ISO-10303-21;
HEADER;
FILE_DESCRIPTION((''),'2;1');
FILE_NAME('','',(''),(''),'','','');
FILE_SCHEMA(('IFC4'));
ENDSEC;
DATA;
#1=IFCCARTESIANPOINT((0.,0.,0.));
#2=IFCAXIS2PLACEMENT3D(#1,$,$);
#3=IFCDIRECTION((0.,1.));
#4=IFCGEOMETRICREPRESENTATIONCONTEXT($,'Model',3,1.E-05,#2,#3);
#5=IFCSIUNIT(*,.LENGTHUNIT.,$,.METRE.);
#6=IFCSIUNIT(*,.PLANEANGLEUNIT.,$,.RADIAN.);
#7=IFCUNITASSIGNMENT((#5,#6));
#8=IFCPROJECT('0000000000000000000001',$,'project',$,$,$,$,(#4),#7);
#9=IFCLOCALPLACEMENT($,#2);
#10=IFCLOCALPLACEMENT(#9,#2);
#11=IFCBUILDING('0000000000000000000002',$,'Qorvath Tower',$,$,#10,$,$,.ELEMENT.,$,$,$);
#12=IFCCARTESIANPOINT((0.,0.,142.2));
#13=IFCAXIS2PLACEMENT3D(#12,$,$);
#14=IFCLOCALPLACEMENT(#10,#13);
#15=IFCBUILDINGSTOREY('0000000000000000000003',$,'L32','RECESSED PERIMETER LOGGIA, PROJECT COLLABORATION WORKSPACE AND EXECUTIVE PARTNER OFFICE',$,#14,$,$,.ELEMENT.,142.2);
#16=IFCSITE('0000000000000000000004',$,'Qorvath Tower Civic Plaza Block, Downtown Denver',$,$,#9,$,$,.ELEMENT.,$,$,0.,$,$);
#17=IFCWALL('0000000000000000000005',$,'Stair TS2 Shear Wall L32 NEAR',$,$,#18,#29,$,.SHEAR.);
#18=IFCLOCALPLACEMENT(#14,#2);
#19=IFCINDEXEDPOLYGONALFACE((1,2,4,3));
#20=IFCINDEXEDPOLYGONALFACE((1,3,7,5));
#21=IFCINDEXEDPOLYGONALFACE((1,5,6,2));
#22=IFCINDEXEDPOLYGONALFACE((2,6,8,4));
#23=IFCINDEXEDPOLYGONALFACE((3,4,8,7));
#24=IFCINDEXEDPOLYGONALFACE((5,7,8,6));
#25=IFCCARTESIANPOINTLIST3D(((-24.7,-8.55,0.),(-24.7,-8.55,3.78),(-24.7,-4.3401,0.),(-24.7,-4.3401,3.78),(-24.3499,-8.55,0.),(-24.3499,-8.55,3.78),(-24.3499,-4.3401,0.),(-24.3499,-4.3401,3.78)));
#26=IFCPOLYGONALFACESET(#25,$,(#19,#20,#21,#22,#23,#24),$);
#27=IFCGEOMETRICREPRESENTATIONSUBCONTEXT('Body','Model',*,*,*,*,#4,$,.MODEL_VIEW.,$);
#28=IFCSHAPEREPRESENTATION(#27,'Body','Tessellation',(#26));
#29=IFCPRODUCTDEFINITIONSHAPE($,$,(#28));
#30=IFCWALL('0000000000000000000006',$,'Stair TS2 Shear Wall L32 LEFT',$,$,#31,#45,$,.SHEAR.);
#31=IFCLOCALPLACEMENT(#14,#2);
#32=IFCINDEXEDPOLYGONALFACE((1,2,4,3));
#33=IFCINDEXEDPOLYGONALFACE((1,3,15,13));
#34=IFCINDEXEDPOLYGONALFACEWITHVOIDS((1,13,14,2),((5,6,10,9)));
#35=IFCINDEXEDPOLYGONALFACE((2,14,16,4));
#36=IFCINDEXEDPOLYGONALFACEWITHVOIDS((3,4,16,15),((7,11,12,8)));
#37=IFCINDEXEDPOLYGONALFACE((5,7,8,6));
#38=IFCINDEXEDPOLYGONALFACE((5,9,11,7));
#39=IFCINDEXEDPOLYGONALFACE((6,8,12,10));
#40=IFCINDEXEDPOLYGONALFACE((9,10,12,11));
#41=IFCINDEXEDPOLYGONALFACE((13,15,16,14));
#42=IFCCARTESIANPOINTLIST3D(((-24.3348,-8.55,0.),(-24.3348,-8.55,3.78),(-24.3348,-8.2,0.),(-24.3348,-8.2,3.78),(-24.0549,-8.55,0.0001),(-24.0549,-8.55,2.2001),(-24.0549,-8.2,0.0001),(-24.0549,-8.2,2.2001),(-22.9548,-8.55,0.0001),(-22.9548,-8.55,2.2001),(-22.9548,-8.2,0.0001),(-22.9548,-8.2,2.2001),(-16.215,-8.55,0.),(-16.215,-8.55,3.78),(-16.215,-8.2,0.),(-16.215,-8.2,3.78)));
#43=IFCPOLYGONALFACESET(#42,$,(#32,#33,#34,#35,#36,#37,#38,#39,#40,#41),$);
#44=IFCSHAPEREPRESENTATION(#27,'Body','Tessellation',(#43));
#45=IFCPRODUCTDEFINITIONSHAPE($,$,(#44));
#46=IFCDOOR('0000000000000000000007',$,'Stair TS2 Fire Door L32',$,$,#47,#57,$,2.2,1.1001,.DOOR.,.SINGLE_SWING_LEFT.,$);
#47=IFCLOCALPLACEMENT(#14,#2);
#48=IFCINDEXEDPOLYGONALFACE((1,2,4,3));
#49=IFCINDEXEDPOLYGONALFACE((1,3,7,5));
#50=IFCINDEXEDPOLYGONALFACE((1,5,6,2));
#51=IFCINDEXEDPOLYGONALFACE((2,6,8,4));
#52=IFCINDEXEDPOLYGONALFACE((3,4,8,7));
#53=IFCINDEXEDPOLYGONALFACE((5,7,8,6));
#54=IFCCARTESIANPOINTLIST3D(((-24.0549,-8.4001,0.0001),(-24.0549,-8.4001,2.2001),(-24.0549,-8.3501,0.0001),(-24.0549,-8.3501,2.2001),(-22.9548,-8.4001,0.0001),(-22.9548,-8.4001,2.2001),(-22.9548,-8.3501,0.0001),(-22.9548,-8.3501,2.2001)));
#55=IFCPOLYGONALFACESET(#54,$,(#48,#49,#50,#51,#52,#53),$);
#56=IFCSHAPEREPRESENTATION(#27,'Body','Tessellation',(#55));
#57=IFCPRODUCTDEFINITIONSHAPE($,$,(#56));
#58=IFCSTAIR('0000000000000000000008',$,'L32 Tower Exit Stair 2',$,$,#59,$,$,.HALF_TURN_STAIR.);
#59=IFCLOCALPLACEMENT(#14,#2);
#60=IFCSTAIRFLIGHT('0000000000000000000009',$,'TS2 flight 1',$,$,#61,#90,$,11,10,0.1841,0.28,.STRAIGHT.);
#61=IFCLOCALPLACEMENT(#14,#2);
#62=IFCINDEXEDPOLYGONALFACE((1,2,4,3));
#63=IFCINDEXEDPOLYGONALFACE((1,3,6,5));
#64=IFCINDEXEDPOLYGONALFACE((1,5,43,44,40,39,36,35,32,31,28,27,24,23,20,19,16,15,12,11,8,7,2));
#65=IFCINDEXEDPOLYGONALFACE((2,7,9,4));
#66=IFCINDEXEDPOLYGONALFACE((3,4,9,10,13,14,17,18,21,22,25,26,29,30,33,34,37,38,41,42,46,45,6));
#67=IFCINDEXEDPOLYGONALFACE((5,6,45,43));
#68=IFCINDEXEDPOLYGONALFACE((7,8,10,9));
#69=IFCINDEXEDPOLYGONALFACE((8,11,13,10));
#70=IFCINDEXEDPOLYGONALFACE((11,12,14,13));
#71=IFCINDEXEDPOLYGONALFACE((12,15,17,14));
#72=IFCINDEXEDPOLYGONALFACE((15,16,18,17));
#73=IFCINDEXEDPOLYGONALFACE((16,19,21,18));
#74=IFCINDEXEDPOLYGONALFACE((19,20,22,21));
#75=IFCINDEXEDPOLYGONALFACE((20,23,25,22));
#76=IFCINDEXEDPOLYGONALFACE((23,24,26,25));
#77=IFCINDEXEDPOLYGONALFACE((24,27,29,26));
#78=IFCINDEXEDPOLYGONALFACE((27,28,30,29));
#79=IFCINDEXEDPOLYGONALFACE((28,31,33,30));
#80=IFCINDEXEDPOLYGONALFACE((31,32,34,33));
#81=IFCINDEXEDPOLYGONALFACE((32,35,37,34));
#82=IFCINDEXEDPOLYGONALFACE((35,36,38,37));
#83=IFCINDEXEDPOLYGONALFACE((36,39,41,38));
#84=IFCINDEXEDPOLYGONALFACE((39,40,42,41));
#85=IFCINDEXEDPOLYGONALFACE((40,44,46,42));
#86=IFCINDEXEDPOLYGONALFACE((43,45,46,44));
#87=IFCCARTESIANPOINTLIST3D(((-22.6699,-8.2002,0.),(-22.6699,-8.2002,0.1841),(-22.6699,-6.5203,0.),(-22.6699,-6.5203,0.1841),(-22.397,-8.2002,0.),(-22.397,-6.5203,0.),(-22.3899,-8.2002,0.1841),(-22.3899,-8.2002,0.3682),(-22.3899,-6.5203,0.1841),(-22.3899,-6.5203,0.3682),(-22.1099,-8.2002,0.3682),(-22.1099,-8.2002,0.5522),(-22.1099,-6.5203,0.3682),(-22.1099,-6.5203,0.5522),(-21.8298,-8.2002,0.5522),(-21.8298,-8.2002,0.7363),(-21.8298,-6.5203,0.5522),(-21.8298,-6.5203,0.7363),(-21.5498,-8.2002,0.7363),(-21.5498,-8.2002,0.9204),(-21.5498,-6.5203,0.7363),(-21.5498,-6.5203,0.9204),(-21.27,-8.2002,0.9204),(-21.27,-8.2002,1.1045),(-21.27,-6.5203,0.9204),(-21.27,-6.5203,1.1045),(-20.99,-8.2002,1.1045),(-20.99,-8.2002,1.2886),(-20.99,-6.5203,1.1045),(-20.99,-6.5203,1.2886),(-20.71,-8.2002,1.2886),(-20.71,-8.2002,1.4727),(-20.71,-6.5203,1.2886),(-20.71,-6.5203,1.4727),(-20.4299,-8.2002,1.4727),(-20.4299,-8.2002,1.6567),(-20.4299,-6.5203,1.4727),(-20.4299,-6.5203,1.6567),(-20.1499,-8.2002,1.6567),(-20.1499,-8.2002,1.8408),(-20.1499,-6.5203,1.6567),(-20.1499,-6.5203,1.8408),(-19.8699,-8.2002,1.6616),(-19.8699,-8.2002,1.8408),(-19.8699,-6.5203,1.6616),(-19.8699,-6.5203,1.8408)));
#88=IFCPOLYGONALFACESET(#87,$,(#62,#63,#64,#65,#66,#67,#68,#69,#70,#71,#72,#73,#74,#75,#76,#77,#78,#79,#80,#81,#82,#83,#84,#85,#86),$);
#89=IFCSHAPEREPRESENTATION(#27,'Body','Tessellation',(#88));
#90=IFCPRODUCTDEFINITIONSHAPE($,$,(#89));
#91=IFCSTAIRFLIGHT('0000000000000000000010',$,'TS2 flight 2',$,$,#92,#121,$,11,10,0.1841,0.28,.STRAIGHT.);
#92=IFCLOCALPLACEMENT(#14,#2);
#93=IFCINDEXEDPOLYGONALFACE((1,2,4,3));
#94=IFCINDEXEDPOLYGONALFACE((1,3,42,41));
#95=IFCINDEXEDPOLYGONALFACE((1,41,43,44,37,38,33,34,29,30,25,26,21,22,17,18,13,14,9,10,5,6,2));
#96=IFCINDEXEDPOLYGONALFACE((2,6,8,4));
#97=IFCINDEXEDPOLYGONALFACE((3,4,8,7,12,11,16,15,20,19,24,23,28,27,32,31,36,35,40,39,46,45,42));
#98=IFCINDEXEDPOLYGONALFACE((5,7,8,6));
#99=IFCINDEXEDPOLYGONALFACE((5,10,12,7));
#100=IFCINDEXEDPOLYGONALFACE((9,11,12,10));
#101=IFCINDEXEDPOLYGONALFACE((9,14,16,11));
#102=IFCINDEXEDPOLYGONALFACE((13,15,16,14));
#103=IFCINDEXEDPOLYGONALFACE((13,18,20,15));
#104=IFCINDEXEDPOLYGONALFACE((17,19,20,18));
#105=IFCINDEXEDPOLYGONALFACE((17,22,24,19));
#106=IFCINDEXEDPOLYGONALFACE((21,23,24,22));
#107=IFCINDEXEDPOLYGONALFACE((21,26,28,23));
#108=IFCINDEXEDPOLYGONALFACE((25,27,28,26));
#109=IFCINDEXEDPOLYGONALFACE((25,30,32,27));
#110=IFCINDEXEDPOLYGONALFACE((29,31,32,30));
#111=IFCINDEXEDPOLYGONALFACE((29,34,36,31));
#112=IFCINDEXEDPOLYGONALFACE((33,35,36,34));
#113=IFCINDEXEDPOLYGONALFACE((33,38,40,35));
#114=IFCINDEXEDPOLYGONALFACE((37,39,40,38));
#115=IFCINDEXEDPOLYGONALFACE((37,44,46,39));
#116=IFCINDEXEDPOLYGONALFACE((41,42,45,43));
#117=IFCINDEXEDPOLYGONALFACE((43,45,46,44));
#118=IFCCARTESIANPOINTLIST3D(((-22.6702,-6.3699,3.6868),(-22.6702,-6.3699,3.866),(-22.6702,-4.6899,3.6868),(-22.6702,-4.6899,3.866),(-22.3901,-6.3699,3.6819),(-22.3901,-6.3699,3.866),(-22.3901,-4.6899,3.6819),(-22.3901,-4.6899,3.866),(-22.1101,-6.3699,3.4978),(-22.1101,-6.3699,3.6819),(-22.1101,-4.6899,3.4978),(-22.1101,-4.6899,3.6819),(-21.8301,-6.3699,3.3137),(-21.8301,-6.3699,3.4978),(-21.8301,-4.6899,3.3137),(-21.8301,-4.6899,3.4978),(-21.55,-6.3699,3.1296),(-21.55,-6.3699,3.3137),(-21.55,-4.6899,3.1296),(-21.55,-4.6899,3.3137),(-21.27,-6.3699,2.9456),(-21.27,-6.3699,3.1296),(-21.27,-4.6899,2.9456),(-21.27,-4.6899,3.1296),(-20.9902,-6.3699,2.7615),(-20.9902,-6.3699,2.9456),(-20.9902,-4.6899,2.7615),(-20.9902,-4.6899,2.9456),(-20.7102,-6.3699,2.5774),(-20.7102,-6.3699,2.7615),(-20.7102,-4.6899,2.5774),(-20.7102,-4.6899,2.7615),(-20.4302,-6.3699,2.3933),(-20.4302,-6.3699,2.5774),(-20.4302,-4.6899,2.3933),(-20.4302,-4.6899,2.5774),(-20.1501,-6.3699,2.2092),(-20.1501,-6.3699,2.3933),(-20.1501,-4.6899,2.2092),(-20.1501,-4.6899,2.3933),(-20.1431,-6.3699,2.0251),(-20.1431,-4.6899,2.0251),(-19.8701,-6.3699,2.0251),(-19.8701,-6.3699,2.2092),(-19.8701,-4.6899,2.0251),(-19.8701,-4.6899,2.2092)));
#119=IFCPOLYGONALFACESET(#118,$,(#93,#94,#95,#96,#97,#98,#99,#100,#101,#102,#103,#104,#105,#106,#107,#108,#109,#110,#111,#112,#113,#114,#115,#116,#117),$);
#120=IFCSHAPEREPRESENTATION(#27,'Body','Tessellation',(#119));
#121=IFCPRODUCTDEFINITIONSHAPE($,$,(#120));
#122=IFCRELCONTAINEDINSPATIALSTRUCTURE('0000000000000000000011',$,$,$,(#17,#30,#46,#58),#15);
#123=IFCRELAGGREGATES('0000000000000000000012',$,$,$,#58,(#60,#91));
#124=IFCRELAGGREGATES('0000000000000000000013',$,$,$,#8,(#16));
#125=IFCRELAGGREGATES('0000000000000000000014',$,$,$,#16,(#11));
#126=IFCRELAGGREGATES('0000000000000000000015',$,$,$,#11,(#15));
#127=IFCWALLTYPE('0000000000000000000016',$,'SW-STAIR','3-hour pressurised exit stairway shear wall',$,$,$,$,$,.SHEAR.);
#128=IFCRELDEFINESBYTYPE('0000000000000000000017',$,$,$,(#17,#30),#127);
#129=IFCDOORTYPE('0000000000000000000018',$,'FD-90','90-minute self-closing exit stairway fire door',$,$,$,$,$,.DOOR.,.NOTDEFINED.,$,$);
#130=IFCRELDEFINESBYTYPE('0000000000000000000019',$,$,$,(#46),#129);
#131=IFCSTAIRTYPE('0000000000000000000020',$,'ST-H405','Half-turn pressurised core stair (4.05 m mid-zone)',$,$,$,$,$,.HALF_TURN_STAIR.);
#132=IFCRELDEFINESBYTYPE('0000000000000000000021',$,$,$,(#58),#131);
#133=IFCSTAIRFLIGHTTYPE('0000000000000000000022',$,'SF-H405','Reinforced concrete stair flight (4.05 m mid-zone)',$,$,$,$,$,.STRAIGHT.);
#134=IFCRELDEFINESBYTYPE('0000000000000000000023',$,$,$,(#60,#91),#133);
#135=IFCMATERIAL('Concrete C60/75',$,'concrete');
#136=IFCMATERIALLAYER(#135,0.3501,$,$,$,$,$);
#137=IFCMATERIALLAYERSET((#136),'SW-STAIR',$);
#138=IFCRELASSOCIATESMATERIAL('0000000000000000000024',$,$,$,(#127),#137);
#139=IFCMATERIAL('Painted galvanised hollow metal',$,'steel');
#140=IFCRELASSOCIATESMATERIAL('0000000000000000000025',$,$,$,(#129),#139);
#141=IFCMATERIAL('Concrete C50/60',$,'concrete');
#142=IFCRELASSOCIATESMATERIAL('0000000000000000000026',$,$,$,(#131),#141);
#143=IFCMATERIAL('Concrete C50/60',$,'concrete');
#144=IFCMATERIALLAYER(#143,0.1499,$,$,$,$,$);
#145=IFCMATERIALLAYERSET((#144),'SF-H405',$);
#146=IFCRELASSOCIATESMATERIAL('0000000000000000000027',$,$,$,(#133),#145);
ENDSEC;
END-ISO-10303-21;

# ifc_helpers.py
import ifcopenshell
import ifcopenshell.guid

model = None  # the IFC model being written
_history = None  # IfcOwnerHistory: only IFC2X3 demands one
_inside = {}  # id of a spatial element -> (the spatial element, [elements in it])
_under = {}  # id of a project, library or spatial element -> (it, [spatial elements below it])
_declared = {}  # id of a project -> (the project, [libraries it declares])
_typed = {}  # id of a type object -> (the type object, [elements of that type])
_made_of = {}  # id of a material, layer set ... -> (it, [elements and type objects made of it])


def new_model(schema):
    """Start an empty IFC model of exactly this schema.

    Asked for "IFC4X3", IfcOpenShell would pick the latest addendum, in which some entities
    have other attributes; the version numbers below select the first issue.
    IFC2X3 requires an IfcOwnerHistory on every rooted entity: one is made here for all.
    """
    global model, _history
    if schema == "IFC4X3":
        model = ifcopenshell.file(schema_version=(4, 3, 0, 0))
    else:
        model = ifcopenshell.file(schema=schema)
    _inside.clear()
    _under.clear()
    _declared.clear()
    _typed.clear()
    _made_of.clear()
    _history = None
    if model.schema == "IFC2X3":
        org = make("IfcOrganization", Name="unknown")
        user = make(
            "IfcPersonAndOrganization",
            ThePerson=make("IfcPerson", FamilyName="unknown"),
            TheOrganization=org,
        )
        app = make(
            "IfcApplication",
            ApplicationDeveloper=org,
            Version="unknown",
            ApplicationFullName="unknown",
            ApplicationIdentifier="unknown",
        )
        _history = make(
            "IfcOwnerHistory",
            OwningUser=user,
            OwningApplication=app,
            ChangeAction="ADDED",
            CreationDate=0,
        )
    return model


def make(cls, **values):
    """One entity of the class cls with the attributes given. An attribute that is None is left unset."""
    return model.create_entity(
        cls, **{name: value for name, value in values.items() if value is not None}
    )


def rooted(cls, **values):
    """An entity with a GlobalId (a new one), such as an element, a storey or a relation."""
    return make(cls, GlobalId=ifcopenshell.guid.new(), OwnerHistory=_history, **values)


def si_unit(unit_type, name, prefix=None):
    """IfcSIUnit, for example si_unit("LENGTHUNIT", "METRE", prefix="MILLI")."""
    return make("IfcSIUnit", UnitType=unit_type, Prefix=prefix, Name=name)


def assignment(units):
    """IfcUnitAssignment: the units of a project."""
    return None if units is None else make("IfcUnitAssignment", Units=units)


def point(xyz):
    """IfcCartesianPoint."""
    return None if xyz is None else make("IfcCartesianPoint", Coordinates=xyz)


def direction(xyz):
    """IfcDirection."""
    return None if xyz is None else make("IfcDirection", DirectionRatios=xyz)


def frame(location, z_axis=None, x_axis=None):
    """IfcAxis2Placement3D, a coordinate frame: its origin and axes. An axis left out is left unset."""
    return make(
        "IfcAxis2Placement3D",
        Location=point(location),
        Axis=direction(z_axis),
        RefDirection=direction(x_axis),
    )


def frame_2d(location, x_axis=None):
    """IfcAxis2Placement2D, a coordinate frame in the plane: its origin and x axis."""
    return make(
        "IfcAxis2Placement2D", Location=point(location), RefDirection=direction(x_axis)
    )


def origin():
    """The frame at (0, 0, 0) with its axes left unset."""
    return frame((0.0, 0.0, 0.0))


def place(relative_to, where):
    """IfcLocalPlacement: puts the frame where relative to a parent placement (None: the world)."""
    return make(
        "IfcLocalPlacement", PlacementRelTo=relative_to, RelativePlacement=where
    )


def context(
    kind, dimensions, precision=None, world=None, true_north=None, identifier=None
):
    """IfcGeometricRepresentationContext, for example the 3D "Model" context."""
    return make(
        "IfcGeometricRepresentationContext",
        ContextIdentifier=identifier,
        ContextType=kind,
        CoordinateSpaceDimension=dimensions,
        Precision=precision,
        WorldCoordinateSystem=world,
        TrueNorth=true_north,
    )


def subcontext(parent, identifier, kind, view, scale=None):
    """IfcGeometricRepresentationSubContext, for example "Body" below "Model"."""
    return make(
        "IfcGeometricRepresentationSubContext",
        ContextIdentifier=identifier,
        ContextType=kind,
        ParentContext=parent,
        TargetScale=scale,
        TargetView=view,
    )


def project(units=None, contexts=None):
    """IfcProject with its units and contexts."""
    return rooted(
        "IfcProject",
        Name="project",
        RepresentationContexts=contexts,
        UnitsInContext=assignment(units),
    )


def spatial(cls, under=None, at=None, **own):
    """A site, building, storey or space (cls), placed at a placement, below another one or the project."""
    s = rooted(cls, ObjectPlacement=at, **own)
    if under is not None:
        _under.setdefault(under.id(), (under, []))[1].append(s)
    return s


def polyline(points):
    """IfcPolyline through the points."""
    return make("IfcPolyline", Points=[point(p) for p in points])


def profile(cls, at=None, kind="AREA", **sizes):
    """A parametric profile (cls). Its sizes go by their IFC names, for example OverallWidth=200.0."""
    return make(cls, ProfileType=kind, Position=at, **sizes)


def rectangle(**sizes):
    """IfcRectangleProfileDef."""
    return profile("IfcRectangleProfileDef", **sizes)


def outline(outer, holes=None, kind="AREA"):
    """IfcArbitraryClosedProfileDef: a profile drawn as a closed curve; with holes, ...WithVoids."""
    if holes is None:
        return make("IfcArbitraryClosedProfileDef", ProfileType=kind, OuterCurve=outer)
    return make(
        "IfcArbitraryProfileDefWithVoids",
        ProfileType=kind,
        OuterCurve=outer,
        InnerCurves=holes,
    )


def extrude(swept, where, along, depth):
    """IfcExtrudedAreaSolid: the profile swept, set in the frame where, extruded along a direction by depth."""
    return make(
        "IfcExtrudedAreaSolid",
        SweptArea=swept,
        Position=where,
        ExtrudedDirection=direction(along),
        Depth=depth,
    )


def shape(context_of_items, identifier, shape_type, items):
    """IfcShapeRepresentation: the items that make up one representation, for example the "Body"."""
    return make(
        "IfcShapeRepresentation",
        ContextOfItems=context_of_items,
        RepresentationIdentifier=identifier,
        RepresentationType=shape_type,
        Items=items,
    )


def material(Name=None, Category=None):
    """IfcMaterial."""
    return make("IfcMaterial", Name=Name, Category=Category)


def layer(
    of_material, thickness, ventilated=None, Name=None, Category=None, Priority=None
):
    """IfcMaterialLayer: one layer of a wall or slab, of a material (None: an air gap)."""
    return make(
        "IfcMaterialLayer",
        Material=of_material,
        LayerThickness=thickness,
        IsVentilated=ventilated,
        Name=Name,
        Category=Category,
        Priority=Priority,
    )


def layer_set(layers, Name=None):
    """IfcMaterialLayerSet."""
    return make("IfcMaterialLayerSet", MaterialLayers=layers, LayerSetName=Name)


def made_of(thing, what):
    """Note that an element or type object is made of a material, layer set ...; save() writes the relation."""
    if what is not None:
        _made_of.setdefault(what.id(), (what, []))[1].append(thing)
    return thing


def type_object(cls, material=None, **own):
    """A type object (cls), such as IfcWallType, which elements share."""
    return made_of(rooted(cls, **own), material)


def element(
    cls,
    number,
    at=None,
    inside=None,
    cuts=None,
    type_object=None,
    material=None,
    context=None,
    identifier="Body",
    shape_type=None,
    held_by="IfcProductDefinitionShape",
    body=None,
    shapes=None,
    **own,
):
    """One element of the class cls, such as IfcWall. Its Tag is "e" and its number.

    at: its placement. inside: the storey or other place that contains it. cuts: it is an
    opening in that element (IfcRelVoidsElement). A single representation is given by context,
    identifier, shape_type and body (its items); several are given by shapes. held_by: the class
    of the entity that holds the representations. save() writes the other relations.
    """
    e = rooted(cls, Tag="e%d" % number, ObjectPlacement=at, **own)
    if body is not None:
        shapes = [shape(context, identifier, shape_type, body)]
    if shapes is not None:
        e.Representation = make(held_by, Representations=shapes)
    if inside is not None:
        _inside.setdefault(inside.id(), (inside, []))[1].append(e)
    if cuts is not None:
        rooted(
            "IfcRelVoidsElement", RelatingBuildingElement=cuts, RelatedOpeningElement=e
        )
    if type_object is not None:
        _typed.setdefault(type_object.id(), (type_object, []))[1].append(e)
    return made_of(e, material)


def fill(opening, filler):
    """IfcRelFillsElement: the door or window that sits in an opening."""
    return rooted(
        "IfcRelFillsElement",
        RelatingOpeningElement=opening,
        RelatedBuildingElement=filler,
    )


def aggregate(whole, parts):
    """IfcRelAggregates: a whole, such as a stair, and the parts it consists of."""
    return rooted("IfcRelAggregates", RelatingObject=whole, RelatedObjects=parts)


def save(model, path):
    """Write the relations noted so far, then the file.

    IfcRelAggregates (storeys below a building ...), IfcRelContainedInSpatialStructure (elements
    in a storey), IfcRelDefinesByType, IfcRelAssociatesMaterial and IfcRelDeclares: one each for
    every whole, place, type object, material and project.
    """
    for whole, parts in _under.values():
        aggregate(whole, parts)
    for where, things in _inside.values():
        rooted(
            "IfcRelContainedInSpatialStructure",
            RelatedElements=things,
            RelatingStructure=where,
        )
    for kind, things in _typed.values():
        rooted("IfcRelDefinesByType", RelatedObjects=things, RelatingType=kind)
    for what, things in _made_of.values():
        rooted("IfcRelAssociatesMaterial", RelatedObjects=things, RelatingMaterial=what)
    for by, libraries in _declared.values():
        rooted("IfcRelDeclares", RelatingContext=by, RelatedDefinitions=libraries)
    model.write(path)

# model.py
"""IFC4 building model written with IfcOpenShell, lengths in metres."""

from ifc_helpers import new_model, si_unit, direction, frame, frame_2d, origin, place, context, subcontext, project, spatial, polyline, rectangle, outline, extrude, material, layer, layer_set, type_object, element, fill, aggregate, save


model = new_model("IFC4")

# Units and contexts
model_context = context("Model", 3, precision=1e-05, world=origin(), true_north=direction((0.0, 1.0)))
body_context = subcontext(model_context, "Body", "Model", "MODEL_VIEW")
ifc_project = project(units=[si_unit("LENGTHUNIT", "METRE"), si_unit("PLANEANGLEUNIT", "RADIAN")], contexts=[model_context])

# Site, building, storey
site_placement = place(None, origin())
site = spatial("IfcSite", under=ifc_project, at=site_placement, Name="Qorvath Tower Civic Plaza Block, Downtown Denver", CompositionType="ELEMENT", RefElevation=0.0)
building_placement = place(site_placement, origin())
building = spatial("IfcBuilding", under=site, at=building_placement, Name="Qorvath Tower", CompositionType="ELEMENT")
storey_placement = place(building_placement, frame((0.0, 0.0, 142.2)))
storey = spatial("IfcBuildingStorey", under=building, at=storey_placement, Name="L32", Description="RECESSED PERIMETER LOGGIA, PROJECT COLLABORATION WORKSPACE AND EXECUTIVE PARTNER OFFICE", CompositionType="ELEMENT", Elevation=142.2)

# Wall
ifc_material_1 = material(Name="Concrete C60/75", Category="concrete")
ifc_layer_1 = layer(ifc_material_1, 0.3501)
ifc_layer_set_1 = layer_set([ifc_layer_1], Name="SW-STAIR")
wall_type_1 = type_object("IfcWallType", Name="SW-STAIR", Description="3-hour pressurised exit stairway shear wall", PredefinedType="SHEAR", material=ifc_layer_set_1)
wall_1_placement = place(storey_placement, frame((-24.5249, -4.3401, 0.0), z_axis=(0.0, 0.0, 1.0), x_axis=(0.0, -1.0, 0.0)))
element("IfcWall", 1, at=wall_1_placement, inside=storey, type_object=wall_type_1, Name="Stair TS2 Shear Wall L32 NEAR", PredefinedType="SHEAR", context=body_context, shape_type="SweptSolid", body=[
    extrude(rectangle(XDim=4.21, YDim=0.3501, at=frame_2d((2.105, 0.0))), origin(), (0.0, 0.0, 1.0), 3.78),
])

# Wall, opening, door
wall_2_placement = place(storey_placement, frame((-24.335, -8.375, 0.0), z_axis=(0.0, 0.0, 1.0), x_axis=(1.0, 0.0, 0.0)))
wall_2 = element("IfcWall", 2, at=wall_2_placement, inside=storey, type_object=wall_type_1, Name="Stair TS2 Shear Wall L32 LEFT", PredefinedType="SHEAR", context=body_context, shape_type="SweptSolid", body=[
    extrude(rectangle(XDim=8.1199, YDim=0.3501, at=frame_2d((4.0601, 0.0))), origin(), (0.0, 0.0, 1.0), 3.78),
])
opening_1_placement = place(wall_2_placement, frame((0.28, 0.0, 0.0)))
opening_1 = element("IfcOpeningElement", 3, at=opening_1_placement, cuts=wall_2, PredefinedType="OPENING", context=body_context, shape_type="SweptSolid", body=[
    extrude(rectangle(XDim=1.1001, YDim=2.2, at=frame_2d((0.55, 1.1001))), frame((0.0, 0.1851, 0.0), z_axis=(0.0, -1.0, 0.0), x_axis=(1.0, 0.0, 0.0)), (0.0, 0.0, 1.0), 0.3701),
])
ifc_material_2 = material(Name="Painted galvanised hollow metal", Category="steel")
door_type_1 = type_object("IfcDoorType", Name="FD-90", Description="90-minute self-closing exit stairway fire door", OperationType="NOTDEFINED", PredefinedType="DOOR", material=ifc_material_2)
door_1_placement = place(opening_1_placement, origin())
door_1 = element("IfcDoor", 4, at=door_1_placement, inside=storey, type_object=door_type_1, Name="Stair TS2 Fire Door L32", OperationType="SINGLE_SWING_LEFT", OverallHeight=2.2, OverallWidth=1.1001, PredefinedType="DOOR", context=body_context, shape_type="SweptSolid", body=[
    extrude(rectangle(XDim=1.1001, YDim=2.2, at=frame_2d((0.55, 1.1001))), frame((0.0, 0.0249, 0.0), z_axis=(0.0, -1.0, 0.0), x_axis=(1.0, 0.0, 0.0)), (0.0, 0.0, 1.0), 0.05),
])
fill(opening_1, door_1)

# Stair, stair flights
ifc_material_3 = material(Name="Concrete C50/60", Category="concrete")
stair_type = type_object("IfcStairType", Name="ST-H405", Description="Half-turn pressurised core stair (4.05 m mid-zone)", PredefinedType="HALF_TURN_STAIR", material=ifc_material_3)
stair_placement = place(storey_placement, origin())
stair = element("IfcStair", 5, at=stair_placement, inside=storey, type_object=stair_type, Name="L32 Tower Exit Stair 2", PredefinedType="HALF_TURN_STAIR")
ifc_material_4 = material(Name="Concrete C50/60", Category="concrete")
ifc_layer_2 = layer(ifc_material_4, 0.1499)
ifc_layer_set_2 = layer_set([ifc_layer_2], Name="SF-H405")
stair_flight_type = type_object("IfcStairFlightType", Name="SF-H405", Description="Reinforced concrete stair flight (4.05 m mid-zone)", PredefinedType="STRAIGHT", material=ifc_layer_set_2)
stair_flight_1_placement = place(storey_placement, frame((-22.6699, -7.3601, 0.0), z_axis=(0.0, 0.0, 1.0), x_axis=(1.0, 0.0, 0.0)))
stair_flight_1 = element("IfcStairFlight", 6, at=stair_flight_1_placement, type_object=stair_flight_type, Name="TS2 flight 1", NumberOfRisers=11, NumberOfTreads=10, PredefinedType="STRAIGHT", RiserHeight=0.1841, TreadLength=0.28, context=body_context, shape_type="SweptSolid", body=[
    extrude(outline(polyline([(0.0, 0.0), (0.0, 0.1841), (0.28, 0.1841), (0.28, 0.3682), (0.5601, 0.3682), (0.5601, 0.5522), (0.8401, 0.5522), (0.8401, 0.7363), (1.1201, 0.7363), (1.1201, 0.9204), (1.3999, 0.9204), (1.3999, 1.1045), (1.6799, 1.1045), (1.6799, 1.2886), (1.96, 1.2886), (1.96, 1.4727), (2.24, 1.4727), (2.24, 1.6567), (2.52, 1.6567), (2.52, 1.8408), (2.8, 1.8408), (2.8, 2.0249), (2.8, 1.6616), (0.2729, 0.0), (0.0, 0.0)])), frame((0.0, 0.8398, 0.0), z_axis=(0.0, -1.0, 0.0), x_axis=(1.0, 0.0, 0.0)), (0.0, 0.0, 1.0), 1.6799),
])
stair_flight_2_placement = place(storey_placement, frame((-19.8701, -5.53, 2.0251), z_axis=(0.0, 0.0, 1.0), x_axis=(-1.0, 0.0, 0.0)))
stair_flight_2 = element("IfcStairFlight", 7, at=stair_flight_2_placement, type_object=stair_flight_type, Name="TS2 flight 2", NumberOfRisers=11, NumberOfTreads=10, PredefinedType="STRAIGHT", RiserHeight=0.1841, TreadLength=0.28, context=body_context, shape_type="SweptSolid", body=[
    extrude(outline(polyline([(0.0, 0.0), (0.0, 0.1841), (0.28, 0.1841), (0.28, 0.3682), (0.5601, 0.3682), (0.5601, 0.5522), (0.8401, 0.5522), (0.8401, 0.7363), (1.1201, 0.7363), (1.1201, 0.9204), (1.3999, 0.9204), (1.3999, 1.1045), (1.6799, 1.1045), (1.6799, 1.2886), (1.96, 1.2886), (1.96, 1.4727), (2.24, 1.4727), (2.24, 1.6567), (2.52, 1.6567), (2.52, 1.8408), (2.8, 1.8408), (2.8, 2.0249), (2.8, 1.6616), (0.2729, 0.0), (0.0, 0.0)])), frame((0.0, 0.8398, 0.0), z_axis=(0.0, -1.0, 0.0), x_axis=(1.0, 0.0, 0.0)), (0.0, 0.0, 1.0), 1.6799),
])
aggregate(stair, [stair_flight_1, stair_flight_2])

save(model, "model.ifc")
